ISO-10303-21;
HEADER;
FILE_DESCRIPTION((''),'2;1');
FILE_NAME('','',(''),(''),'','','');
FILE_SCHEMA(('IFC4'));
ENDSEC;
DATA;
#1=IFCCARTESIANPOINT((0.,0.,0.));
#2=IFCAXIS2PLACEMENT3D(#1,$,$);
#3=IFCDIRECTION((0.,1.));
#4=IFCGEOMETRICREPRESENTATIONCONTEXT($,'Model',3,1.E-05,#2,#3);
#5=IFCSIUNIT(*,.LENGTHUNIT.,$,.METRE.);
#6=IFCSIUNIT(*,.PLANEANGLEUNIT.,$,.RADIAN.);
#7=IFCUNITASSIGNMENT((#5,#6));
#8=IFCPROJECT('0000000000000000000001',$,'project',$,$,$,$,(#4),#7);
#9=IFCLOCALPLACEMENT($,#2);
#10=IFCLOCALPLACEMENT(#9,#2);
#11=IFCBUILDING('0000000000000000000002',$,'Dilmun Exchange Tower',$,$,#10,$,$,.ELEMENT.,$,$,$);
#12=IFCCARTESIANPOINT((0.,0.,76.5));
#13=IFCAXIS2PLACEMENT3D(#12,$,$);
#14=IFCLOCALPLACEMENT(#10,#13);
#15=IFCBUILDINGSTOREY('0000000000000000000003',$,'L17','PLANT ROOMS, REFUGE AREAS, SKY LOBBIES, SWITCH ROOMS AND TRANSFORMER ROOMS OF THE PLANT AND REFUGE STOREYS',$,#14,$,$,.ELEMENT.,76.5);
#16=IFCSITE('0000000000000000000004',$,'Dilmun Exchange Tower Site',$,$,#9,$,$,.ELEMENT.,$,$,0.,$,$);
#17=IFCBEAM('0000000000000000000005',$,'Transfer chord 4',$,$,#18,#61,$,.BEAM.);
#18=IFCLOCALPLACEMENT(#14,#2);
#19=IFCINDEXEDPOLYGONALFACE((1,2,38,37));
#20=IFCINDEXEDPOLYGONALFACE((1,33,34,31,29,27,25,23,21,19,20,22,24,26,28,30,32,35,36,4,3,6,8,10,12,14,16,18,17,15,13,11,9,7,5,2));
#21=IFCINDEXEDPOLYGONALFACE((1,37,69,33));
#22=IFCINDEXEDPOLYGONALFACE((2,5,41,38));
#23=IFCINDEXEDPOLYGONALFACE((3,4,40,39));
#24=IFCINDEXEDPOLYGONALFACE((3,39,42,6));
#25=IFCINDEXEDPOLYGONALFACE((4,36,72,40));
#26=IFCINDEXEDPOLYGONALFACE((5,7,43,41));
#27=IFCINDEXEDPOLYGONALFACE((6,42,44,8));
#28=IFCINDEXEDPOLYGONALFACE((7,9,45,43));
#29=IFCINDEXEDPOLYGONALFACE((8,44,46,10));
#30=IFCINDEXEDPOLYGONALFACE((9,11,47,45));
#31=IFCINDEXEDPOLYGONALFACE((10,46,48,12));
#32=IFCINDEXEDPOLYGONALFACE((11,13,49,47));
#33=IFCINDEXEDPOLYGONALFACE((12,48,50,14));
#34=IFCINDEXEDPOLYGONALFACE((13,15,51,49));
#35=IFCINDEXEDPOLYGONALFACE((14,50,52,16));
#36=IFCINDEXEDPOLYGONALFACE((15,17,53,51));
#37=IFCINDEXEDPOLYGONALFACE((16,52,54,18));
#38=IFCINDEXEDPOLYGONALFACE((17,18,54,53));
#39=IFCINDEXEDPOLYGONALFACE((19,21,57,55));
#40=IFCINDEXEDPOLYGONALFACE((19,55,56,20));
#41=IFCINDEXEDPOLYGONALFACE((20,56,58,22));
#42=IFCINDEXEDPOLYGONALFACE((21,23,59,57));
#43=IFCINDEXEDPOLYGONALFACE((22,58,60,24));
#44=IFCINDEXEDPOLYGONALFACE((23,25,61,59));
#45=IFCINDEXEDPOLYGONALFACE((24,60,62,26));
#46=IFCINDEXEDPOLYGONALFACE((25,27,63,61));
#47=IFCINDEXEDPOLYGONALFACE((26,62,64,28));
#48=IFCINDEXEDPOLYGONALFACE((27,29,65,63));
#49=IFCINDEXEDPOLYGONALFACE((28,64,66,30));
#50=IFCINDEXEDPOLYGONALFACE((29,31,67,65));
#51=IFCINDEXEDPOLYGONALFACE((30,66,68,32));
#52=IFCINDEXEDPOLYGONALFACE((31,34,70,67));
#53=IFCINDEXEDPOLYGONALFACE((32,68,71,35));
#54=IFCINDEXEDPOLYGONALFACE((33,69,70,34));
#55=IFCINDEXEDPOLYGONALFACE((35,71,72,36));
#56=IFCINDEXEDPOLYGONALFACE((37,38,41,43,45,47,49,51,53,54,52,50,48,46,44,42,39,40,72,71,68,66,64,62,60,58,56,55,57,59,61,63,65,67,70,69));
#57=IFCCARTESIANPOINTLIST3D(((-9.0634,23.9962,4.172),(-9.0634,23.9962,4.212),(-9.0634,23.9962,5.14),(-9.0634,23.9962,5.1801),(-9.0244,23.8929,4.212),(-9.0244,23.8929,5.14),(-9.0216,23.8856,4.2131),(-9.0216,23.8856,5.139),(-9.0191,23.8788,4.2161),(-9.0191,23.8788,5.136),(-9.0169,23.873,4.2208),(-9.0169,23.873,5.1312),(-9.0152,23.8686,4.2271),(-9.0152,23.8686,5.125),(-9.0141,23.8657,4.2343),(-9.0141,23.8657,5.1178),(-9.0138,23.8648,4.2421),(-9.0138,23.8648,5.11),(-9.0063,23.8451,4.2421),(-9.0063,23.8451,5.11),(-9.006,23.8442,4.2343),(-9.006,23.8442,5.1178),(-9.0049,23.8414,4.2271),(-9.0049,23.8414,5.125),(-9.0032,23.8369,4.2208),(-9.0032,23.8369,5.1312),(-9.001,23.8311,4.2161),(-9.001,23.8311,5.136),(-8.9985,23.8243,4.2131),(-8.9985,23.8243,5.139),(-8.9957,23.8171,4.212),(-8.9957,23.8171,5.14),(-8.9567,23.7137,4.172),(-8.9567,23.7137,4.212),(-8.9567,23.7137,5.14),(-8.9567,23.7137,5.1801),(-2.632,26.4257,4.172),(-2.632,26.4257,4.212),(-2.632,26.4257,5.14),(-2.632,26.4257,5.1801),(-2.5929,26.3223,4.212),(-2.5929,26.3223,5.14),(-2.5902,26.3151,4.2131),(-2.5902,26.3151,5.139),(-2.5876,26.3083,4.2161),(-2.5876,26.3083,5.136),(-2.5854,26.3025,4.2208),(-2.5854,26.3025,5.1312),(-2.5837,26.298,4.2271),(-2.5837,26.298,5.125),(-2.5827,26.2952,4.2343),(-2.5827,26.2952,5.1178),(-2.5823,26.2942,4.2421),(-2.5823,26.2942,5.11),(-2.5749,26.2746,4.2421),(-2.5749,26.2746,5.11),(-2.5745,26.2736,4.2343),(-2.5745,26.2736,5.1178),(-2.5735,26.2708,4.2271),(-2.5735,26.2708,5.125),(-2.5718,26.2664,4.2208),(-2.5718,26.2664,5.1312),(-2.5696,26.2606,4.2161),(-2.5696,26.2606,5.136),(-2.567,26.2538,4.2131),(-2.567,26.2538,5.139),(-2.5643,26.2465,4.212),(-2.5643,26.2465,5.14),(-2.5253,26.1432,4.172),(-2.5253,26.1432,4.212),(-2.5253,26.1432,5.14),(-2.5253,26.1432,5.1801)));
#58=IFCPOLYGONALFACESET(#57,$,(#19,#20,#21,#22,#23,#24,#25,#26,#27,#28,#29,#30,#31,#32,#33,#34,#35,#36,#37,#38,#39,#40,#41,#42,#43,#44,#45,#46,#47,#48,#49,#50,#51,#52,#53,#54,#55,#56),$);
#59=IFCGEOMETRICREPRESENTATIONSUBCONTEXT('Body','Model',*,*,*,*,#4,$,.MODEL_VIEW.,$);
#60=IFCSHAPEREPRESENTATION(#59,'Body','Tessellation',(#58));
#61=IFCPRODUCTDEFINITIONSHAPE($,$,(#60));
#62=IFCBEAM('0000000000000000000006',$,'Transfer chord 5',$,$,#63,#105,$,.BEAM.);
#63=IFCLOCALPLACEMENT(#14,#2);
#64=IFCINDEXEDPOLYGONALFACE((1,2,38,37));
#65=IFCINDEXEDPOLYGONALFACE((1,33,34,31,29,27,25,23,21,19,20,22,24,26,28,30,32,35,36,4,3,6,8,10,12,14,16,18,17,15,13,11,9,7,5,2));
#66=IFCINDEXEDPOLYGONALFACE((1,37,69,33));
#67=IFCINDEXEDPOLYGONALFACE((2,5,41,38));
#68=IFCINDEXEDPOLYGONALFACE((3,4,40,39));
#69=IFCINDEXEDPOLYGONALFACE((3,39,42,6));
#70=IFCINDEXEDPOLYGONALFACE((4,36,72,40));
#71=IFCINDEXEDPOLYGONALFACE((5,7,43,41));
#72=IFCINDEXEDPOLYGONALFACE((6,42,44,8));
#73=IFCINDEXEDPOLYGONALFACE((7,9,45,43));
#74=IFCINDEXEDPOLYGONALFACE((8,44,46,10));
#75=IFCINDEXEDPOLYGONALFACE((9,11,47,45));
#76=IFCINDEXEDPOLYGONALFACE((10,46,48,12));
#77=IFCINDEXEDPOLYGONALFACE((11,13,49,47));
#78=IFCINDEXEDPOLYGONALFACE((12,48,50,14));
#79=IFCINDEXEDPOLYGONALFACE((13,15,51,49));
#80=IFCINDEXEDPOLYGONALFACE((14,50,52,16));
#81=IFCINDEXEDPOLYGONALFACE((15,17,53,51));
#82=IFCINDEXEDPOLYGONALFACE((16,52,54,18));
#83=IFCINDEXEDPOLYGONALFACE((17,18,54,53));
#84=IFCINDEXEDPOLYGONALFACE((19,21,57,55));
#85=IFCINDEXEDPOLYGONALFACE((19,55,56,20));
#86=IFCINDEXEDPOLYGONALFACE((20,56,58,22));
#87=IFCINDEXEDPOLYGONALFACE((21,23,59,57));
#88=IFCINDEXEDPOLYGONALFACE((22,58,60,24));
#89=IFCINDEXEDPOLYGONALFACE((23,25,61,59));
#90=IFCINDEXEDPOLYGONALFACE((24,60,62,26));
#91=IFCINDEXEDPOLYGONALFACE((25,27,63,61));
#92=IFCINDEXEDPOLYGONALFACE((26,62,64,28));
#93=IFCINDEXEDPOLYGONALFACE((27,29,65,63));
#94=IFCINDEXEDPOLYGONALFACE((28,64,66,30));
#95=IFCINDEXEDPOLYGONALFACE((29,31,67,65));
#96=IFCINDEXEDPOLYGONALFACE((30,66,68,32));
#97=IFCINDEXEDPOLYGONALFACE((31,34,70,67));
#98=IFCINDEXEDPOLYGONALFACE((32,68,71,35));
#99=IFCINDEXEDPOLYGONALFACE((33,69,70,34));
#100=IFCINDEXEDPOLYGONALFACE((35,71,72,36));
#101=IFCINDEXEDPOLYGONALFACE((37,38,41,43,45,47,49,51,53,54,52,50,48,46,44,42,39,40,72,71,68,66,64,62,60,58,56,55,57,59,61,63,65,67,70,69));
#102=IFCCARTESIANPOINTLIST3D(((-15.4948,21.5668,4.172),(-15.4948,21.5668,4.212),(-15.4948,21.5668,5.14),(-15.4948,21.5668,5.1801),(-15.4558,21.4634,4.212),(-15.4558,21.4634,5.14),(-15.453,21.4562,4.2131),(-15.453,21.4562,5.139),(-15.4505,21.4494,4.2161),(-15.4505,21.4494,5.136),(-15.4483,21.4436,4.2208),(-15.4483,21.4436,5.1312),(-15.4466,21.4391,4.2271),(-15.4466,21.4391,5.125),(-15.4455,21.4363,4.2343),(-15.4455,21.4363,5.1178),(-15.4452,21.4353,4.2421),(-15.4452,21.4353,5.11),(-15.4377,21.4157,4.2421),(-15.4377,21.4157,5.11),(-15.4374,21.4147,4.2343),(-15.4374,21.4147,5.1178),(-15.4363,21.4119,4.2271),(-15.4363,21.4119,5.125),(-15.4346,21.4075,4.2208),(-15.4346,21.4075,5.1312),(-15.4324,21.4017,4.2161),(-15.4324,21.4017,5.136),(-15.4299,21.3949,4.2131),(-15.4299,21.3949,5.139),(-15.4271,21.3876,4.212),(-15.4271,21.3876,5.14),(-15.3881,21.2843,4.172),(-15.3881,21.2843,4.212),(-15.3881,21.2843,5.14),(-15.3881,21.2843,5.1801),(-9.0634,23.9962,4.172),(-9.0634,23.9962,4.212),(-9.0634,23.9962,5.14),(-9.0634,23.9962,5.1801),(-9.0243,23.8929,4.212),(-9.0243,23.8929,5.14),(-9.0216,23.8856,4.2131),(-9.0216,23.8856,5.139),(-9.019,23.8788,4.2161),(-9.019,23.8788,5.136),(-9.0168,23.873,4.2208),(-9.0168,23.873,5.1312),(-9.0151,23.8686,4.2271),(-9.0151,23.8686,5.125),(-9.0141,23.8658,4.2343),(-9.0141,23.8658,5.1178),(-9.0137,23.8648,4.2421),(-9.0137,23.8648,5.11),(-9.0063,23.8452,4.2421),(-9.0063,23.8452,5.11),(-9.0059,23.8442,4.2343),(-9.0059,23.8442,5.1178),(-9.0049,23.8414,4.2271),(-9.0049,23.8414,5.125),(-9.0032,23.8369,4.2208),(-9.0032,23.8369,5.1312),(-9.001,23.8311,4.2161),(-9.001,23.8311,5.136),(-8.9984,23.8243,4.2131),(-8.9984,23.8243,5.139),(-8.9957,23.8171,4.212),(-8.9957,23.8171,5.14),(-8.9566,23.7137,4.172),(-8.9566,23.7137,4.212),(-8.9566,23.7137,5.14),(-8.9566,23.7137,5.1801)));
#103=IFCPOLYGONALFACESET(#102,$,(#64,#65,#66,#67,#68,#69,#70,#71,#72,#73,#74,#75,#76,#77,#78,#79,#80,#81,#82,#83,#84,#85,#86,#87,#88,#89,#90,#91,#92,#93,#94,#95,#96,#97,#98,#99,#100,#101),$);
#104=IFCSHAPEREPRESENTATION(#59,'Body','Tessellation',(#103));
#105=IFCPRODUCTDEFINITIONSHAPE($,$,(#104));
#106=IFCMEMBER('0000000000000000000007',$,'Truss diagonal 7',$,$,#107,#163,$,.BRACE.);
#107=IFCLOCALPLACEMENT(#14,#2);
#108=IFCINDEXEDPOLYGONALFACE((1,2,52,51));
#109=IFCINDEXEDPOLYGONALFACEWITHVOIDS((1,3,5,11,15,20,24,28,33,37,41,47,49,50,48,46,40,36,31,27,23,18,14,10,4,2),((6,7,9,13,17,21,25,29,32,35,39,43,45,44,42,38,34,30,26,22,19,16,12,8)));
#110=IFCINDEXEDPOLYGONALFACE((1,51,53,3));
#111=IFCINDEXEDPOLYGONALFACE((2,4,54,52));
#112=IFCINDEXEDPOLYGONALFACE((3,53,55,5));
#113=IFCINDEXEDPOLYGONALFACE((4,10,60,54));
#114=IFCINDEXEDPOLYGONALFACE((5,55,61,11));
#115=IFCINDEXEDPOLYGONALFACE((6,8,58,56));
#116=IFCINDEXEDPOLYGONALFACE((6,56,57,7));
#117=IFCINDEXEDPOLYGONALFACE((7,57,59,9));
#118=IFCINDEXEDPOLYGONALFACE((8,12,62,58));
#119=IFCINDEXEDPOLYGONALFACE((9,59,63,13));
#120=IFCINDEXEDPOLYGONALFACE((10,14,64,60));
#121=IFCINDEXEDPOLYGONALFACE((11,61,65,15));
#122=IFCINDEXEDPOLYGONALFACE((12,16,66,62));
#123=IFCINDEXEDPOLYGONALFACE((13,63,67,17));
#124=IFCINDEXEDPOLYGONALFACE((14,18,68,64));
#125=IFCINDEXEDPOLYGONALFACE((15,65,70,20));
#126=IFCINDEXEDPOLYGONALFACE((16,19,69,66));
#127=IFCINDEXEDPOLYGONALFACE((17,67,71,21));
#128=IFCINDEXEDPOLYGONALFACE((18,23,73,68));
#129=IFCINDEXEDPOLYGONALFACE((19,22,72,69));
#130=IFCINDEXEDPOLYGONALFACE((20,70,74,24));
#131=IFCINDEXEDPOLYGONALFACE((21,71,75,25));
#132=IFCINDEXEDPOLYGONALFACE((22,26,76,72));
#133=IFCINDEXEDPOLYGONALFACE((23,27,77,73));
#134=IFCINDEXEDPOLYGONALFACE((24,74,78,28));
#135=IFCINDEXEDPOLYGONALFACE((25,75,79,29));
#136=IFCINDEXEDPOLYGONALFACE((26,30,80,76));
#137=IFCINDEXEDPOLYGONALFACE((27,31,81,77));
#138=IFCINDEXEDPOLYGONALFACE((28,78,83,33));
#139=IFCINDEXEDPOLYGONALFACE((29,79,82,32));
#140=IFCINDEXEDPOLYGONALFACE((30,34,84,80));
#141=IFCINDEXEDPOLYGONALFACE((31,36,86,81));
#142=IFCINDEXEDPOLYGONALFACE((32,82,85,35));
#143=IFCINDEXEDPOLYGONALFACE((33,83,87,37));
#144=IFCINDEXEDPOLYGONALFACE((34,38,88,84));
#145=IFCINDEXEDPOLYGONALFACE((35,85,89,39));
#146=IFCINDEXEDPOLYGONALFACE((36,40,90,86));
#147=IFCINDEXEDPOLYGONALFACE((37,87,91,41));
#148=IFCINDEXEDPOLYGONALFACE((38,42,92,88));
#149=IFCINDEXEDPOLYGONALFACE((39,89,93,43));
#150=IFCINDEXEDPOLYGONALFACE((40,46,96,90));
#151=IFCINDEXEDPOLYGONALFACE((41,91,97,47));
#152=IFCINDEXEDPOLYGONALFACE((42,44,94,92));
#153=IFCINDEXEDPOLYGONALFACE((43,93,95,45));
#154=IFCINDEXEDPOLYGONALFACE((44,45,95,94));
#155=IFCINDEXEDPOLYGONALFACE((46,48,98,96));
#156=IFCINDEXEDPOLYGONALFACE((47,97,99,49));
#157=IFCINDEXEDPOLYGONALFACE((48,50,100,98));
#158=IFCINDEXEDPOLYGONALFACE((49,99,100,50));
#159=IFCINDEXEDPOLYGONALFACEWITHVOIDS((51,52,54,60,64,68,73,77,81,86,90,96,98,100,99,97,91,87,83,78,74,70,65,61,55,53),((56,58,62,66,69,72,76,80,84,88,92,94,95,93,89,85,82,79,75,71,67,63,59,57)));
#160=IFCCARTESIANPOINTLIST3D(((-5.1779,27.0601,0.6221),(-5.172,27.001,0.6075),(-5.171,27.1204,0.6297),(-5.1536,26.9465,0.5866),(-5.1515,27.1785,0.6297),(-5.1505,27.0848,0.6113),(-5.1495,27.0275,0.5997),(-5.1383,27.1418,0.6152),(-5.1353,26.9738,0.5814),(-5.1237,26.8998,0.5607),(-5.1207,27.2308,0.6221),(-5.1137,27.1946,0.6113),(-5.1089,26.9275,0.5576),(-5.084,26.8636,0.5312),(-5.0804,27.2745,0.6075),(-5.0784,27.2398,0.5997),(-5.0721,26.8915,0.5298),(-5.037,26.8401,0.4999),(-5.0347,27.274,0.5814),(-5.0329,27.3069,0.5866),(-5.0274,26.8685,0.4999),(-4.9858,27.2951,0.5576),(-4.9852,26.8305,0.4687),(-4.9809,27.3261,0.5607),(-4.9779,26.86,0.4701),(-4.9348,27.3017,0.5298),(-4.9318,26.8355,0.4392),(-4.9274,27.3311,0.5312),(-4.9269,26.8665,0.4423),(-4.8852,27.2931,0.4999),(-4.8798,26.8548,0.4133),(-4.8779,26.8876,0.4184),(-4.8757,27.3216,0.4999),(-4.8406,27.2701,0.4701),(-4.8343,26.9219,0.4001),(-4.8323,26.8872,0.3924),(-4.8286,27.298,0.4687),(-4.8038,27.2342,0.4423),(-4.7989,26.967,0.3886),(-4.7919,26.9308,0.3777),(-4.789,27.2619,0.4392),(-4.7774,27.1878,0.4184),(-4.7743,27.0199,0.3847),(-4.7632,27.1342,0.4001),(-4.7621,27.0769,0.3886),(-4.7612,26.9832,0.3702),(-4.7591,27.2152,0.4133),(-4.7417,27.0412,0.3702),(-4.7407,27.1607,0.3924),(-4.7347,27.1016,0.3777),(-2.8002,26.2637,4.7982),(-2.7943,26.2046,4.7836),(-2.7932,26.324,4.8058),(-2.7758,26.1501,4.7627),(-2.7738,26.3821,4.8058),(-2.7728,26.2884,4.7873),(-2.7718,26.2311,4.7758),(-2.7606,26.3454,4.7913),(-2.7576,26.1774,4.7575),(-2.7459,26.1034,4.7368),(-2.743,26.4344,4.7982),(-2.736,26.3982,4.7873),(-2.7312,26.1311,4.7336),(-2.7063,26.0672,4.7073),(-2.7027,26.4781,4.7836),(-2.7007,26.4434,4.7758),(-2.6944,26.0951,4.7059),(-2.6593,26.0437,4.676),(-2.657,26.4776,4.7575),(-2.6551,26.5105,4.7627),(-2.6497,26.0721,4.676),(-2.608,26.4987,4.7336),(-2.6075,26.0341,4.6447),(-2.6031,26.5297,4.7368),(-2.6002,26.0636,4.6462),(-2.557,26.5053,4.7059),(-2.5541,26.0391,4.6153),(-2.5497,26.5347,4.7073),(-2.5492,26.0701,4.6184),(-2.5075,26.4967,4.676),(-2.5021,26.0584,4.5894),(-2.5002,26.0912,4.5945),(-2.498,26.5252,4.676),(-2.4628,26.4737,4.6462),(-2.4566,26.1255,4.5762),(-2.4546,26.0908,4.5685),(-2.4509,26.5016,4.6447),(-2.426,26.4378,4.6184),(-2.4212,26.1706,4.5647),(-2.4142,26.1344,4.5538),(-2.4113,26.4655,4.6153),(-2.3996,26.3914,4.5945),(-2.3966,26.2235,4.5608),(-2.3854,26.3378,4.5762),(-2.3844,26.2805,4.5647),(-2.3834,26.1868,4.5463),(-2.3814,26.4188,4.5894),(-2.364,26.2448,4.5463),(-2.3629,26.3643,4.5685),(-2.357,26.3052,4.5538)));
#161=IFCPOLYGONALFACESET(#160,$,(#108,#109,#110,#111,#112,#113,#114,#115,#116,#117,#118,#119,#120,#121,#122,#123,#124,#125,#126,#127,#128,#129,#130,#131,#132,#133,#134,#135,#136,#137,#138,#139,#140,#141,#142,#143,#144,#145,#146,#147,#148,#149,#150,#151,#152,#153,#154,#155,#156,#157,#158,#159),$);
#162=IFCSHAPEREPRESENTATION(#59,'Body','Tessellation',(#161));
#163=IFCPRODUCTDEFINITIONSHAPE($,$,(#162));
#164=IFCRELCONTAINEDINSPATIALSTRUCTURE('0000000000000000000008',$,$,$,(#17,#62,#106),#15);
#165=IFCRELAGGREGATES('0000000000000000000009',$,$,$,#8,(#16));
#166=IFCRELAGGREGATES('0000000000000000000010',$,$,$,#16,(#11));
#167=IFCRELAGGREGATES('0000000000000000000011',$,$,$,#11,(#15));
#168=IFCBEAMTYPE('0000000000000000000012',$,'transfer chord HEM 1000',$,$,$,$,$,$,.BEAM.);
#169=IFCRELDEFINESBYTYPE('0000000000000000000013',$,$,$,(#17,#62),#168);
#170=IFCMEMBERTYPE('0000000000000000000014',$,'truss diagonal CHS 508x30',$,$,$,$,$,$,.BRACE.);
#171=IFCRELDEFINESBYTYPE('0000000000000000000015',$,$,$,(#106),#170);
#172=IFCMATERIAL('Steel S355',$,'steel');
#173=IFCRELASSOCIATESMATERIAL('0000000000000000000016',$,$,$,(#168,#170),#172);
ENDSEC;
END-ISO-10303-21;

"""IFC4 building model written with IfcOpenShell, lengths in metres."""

from ifc_helpers import new_model, si_unit, direction, frame, origin, origin_2d, place, context, subcontext, project, spatial, hollow_circle, i_section, extrude, material, material_profile, profile_set, type_object, element, save


model = new_model("IFC4")

# Units and contexts
model_context = context("Model", 3, precision=1e-05, world=origin(), true_north=direction((0.0, 1.0)))
body_context = subcontext(model_context, "Body", "Model", "MODEL_VIEW")
ifc_project = project(units=[si_unit("LENGTHUNIT", "METRE"), si_unit("PLANEANGLEUNIT", "RADIAN")], contexts=[model_context])

# Site, building, storey
site_placement = place(None, origin())
site = spatial("IfcSite", under=ifc_project, at=site_placement, Name="Dilmun Exchange Tower Site", CompositionType="ELEMENT", RefElevation=0.0)
building_placement = place(site_placement, origin())
building = spatial("IfcBuilding", under=site, at=building_placement, Name="Dilmun Exchange Tower", CompositionType="ELEMENT")
storey_placement = place(building_placement, frame((0.0, 0.0, 76.5)))
storey = spatial("IfcBuildingStorey", under=building, at=storey_placement, Name="L17", Description="PLANT ROOMS, REFUGE AREAS, SKY LOBBIES, SWITCH ROOMS AND TRANSFORMER ROOMS OF THE PLANT AND REFUGE STOREYS", CompositionType="ELEMENT", Elevation=76.5)

# Beams
ifc_material_1 = material(Name="Steel S355", Category="steel")
ifc_material_profile_1 = material_profile(ifc_material_1, i_section(OverallWidth=0.302, OverallDepth=1.0081, WebThickness=0.021, FlangeThickness=0.04, FilletRadius=0.03, at=origin_2d()), Name="HEM 1000")
ifc_profile_set_1 = profile_set([ifc_material_profile_1], Name="Steel S355")
beam_type_1 = type_object("IfcBeamType", Name="transfer chord HEM 1000", PredefinedType="BEAM", material=ifc_profile_set_1)
for number, where, z_axis, x_axis, name in (
    (1, (-2.5786, 26.2844, 4.676), (-0.935481, -0.353376, 0.0), (0.353376, -0.935481, 0.0), "Transfer chord 4"),
    (2, (-9.01, 23.855, 4.676), (-0.935481, -0.353376, 0.0), (0.353376, -0.935481, 0.0), "Transfer chord 5"),
):
    element("IfcBeam", number, at=place(storey_placement, frame(where, z_axis=z_axis, x_axis=x_axis)), inside=storey, type_object=beam_type_1, Name=name, PredefinedType="BEAM", context=body_context, shape_type="SweptSolid", body=[
        extrude(i_section(OverallWidth=0.302, OverallDepth=1.0081, WebThickness=0.021, FlangeThickness=0.04, FilletRadius=0.03, at=origin_2d()), origin(), (0.0, 0.0, 1.0), 6.875),
    ])

# Member
ifc_material_profile_2 = material_profile(ifc_material_1, hollow_circle(Radius=0.2539, WallThickness=0.03, at=origin_2d()), Name="CHS 508x30")
ifc_profile_set_2 = profile_set([ifc_material_profile_2], Name="Steel S355")
member_type = type_object("IfcMemberType", Name="truss diagonal CHS 508x30", PredefinedType="BRACE", material=ifc_profile_set_2)
member_1_placement = place(storey_placement, frame((-2.5786, 26.2844, 4.676), z_axis=(-0.488129, 0.163495, -0.857321), x_axis=(-0.3176, -0.948225, 0.0)))
element("IfcMember", 3, at=member_1_placement, inside=storey, type_object=member_type, Name="Truss diagonal 7", PredefinedType="BRACE", context=body_context, shape_type="SweptSolid", body=[
    extrude(hollow_circle(Radius=0.2539, WallThickness=0.03, at=origin_2d()), origin(), (0.0, 0.0, 1.0), 4.8711),
])

save(model, "model.ifc")
